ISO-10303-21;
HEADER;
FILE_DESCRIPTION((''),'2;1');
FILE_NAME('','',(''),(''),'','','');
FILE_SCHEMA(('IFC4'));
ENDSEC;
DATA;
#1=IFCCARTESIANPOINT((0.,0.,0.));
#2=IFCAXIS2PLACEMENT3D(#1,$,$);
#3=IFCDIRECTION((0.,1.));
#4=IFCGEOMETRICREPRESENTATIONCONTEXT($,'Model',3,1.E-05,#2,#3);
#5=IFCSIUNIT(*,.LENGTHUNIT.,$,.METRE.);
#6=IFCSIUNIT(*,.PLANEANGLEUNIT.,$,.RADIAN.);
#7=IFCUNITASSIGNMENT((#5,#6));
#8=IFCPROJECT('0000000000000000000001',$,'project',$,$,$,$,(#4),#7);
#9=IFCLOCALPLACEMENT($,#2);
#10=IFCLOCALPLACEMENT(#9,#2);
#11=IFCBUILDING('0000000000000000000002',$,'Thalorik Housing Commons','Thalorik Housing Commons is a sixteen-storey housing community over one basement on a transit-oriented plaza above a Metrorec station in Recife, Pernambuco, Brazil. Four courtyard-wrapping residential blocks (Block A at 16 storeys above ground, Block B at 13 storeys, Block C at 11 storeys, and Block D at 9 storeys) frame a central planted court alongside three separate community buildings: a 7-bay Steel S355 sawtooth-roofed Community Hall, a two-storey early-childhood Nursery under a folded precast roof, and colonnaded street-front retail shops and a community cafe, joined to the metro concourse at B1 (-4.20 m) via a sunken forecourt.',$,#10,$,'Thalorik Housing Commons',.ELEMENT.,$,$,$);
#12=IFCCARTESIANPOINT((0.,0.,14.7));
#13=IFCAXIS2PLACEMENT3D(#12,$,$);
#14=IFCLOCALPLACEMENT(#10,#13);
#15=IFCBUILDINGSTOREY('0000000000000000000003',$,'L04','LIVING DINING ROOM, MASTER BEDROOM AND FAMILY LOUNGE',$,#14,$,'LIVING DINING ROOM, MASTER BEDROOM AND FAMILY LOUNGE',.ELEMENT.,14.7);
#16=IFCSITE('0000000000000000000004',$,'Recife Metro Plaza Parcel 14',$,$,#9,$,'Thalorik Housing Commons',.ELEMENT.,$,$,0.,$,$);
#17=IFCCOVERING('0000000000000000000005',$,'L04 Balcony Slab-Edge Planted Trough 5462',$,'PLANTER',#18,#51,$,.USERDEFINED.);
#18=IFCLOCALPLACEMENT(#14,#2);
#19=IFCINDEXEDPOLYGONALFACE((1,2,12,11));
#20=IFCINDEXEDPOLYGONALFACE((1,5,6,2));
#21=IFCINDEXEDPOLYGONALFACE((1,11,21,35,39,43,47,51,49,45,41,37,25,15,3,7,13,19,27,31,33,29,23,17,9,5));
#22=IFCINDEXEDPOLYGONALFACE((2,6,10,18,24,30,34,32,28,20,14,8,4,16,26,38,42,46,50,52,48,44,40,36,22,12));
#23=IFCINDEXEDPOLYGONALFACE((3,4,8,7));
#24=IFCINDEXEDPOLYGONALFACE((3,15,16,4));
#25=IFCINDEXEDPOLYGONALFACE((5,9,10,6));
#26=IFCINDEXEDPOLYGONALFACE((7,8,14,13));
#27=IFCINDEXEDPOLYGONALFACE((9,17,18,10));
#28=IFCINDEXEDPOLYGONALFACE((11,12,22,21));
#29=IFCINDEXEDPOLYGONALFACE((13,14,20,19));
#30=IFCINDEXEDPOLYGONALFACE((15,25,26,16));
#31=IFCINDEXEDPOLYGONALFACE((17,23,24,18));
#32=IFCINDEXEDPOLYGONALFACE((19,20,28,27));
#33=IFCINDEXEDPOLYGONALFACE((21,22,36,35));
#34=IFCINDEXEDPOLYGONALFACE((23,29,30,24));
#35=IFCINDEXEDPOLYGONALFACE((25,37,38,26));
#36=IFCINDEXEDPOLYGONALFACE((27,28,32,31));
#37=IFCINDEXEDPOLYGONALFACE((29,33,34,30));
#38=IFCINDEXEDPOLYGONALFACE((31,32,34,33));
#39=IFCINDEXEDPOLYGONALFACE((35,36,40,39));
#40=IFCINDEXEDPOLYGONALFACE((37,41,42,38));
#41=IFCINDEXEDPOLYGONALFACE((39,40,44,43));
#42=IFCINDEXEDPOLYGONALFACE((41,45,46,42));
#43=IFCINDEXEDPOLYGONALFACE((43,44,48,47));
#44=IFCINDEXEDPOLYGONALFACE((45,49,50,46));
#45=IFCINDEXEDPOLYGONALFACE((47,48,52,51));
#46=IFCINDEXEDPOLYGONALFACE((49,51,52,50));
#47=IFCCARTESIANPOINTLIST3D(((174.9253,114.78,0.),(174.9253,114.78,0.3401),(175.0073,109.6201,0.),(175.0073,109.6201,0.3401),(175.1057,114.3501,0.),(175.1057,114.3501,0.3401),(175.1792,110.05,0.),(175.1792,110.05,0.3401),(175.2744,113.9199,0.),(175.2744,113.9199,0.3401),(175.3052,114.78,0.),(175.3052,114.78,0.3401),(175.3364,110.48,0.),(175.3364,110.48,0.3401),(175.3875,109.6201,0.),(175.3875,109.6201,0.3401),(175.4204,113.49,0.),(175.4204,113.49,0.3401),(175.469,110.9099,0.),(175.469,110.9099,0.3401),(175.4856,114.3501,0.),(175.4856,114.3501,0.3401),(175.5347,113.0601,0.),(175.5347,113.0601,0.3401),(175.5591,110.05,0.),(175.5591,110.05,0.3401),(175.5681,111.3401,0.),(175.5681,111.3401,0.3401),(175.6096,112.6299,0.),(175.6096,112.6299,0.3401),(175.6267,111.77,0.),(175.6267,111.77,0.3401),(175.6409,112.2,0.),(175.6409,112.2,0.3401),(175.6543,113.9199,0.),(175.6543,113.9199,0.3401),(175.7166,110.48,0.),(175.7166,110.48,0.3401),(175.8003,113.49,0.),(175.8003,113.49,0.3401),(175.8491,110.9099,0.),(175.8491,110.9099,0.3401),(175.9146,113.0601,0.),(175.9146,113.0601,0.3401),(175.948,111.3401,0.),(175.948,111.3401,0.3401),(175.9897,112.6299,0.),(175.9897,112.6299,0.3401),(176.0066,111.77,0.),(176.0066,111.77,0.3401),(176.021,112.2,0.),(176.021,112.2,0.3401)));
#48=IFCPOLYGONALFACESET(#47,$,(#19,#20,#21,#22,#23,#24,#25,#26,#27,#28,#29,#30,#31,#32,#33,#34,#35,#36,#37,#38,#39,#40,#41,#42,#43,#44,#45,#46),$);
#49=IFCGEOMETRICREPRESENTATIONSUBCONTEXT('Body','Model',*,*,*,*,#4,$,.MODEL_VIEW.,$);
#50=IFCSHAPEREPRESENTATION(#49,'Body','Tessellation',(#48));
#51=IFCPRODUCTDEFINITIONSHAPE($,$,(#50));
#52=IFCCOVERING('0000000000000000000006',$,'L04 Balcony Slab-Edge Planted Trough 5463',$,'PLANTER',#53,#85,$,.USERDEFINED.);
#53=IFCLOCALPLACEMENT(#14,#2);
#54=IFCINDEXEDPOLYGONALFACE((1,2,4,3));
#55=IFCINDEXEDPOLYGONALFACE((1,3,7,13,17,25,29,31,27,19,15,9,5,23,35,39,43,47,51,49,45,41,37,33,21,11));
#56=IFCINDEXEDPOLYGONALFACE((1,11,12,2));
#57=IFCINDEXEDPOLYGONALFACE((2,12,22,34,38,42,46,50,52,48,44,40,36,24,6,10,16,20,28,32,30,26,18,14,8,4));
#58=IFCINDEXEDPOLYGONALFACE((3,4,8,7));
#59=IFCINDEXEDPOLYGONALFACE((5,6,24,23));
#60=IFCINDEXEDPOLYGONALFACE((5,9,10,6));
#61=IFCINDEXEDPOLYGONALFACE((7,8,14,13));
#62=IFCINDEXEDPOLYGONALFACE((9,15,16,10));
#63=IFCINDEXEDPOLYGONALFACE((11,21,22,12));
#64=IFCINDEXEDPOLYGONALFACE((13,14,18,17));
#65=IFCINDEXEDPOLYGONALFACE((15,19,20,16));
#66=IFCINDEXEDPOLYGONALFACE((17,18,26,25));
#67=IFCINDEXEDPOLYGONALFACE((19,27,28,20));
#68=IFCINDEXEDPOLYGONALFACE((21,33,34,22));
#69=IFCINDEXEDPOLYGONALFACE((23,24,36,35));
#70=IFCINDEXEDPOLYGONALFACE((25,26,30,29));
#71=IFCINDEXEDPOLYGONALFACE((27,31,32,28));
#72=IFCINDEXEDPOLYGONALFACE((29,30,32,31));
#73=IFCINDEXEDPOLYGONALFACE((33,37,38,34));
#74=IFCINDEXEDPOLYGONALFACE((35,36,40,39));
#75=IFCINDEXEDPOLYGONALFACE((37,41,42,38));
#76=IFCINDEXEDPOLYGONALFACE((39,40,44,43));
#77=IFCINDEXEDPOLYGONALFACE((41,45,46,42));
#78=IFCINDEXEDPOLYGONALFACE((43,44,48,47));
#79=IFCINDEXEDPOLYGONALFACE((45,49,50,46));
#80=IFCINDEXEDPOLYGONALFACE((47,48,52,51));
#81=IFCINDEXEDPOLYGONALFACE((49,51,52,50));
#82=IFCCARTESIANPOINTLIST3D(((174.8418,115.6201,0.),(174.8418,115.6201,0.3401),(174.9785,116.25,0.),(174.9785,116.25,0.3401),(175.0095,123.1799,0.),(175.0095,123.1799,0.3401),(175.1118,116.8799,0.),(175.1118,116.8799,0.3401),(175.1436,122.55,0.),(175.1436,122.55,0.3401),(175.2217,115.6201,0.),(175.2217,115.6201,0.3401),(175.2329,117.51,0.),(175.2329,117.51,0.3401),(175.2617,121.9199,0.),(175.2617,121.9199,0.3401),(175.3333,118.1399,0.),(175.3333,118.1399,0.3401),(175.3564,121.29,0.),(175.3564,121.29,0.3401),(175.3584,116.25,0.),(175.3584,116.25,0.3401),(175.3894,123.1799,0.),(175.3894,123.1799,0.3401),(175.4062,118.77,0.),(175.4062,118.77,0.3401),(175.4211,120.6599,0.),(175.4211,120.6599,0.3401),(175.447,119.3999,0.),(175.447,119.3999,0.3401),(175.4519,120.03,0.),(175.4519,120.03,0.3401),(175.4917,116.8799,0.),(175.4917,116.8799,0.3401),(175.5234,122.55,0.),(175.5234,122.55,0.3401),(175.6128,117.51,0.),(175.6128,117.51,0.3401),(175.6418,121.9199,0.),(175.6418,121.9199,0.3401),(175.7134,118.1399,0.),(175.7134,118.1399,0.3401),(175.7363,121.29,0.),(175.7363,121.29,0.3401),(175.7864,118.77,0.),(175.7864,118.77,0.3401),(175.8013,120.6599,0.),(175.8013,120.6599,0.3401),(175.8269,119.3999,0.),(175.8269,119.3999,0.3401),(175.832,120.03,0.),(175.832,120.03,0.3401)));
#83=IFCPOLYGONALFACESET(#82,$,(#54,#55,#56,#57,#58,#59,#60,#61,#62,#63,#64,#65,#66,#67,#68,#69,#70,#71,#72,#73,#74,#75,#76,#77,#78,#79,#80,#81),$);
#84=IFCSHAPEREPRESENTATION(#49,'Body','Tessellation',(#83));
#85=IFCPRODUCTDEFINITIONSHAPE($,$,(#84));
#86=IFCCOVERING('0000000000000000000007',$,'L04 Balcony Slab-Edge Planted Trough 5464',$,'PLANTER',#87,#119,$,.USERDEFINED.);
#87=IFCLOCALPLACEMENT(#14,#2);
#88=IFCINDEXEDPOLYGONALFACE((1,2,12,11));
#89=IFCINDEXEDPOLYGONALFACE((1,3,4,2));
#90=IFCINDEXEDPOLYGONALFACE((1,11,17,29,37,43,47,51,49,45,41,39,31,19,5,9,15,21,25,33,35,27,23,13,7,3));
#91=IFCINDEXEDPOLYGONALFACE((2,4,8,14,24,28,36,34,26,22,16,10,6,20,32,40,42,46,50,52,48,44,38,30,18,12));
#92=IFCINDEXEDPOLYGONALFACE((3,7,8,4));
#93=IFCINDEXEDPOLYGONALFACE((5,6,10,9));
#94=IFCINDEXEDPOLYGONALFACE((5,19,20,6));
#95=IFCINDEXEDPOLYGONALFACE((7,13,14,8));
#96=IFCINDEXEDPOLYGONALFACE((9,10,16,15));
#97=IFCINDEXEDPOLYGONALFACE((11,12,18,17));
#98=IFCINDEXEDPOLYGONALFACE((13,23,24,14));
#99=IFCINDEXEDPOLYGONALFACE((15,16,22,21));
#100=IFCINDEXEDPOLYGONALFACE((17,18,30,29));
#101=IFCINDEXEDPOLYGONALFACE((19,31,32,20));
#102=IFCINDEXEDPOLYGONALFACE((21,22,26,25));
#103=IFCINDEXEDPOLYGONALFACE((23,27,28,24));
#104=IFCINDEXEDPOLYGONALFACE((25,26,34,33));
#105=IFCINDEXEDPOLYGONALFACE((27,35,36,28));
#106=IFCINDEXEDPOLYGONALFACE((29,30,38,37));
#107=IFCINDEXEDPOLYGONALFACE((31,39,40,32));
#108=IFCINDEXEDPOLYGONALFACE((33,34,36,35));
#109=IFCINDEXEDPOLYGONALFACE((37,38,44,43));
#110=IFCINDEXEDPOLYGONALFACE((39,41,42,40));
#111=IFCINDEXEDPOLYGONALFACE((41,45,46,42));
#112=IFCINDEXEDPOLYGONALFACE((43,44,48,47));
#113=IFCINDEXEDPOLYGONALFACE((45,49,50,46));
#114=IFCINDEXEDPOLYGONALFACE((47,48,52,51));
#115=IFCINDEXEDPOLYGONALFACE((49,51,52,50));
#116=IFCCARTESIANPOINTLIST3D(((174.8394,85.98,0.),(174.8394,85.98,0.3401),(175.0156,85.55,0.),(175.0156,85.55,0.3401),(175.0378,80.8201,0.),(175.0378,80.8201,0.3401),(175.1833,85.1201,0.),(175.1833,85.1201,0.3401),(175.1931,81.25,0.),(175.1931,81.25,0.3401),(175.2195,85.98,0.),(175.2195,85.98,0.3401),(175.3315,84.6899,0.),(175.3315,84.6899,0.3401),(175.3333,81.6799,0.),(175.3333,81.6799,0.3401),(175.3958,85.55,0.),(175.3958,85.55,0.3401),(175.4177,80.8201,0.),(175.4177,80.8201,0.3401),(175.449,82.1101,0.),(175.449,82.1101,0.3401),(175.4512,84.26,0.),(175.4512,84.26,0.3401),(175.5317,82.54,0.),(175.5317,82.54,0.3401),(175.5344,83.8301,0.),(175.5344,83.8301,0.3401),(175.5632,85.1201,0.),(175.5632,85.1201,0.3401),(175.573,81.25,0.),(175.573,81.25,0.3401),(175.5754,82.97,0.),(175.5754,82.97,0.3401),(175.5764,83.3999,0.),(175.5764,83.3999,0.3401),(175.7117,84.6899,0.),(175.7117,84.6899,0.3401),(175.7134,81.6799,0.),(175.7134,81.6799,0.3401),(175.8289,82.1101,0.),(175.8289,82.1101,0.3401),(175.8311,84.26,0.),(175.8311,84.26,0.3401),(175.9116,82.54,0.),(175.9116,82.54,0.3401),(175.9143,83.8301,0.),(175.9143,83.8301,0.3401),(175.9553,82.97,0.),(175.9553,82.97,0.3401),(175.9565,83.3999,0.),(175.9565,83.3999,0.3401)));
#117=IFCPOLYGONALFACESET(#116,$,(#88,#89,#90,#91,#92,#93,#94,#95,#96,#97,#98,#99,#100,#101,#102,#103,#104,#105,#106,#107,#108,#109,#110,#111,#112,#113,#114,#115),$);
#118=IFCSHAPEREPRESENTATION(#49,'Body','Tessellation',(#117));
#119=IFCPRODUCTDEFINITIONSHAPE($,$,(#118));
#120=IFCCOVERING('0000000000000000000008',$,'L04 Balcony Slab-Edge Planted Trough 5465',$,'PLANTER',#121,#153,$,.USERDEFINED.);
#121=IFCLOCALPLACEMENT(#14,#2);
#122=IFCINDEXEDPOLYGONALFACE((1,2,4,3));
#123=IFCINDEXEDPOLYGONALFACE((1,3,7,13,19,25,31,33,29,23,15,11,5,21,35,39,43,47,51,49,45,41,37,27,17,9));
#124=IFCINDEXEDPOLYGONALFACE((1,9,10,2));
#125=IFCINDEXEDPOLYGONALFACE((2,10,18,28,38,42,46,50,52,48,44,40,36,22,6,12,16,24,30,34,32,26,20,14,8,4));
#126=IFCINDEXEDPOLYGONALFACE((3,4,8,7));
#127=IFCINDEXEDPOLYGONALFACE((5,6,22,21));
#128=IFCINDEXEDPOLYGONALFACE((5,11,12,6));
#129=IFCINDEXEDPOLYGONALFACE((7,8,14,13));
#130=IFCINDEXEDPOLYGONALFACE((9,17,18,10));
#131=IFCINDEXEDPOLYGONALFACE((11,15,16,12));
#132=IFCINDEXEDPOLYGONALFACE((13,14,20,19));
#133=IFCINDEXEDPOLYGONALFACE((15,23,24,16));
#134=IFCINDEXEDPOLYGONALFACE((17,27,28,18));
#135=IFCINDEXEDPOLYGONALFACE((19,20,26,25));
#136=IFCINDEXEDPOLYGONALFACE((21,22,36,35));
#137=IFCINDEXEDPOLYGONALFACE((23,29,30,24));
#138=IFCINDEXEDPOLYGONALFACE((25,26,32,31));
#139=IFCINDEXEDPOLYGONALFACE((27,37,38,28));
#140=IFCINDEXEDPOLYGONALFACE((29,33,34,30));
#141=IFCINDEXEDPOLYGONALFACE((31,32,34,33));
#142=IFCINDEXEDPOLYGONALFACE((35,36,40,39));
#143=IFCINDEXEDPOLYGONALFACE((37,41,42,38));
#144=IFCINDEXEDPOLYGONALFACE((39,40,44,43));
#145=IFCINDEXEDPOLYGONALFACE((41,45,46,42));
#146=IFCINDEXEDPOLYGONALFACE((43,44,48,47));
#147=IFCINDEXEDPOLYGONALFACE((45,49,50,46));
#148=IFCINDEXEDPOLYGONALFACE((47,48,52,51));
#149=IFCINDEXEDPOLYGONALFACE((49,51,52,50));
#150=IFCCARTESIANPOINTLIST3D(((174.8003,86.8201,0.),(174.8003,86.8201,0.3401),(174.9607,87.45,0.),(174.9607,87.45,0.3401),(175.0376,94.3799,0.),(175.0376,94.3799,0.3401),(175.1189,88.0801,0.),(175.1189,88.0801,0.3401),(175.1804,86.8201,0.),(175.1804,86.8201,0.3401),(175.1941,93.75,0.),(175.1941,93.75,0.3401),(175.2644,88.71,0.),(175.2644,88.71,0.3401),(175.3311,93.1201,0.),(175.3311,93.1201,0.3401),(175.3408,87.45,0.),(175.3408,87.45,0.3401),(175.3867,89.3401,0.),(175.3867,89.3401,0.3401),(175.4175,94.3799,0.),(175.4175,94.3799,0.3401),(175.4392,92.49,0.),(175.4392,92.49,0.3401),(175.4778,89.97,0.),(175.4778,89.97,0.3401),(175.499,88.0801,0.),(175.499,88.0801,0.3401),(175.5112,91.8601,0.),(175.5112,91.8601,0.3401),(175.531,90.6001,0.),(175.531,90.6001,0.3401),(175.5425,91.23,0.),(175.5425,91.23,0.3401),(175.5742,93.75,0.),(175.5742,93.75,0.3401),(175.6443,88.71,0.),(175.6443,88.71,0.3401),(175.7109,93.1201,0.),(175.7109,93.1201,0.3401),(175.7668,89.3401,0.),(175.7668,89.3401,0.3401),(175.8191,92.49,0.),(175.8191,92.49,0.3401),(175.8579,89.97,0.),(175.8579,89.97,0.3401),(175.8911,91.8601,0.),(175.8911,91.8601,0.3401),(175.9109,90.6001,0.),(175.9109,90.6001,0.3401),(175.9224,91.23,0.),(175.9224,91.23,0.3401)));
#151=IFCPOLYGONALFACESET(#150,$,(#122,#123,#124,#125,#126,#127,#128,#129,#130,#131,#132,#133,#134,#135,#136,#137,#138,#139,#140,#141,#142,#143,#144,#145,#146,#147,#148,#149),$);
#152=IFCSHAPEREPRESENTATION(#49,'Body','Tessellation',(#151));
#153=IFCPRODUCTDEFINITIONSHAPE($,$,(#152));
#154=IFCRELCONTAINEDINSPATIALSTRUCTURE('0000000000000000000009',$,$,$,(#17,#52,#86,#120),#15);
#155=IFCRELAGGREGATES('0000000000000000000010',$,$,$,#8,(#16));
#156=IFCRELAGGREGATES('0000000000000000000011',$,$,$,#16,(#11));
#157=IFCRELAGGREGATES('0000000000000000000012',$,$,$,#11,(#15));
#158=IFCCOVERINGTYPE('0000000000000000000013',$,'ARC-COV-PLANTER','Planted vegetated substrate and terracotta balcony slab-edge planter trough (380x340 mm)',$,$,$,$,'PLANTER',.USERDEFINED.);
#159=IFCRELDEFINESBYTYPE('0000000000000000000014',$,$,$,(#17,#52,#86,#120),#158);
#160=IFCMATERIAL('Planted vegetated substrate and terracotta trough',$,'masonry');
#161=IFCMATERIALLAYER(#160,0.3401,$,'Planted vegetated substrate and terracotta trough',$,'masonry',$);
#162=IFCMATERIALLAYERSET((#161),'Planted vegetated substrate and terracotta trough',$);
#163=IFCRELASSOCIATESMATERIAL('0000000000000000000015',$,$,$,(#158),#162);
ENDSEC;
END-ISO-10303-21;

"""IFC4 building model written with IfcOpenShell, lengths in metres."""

from ifc_helpers import new_model, si_unit, direction, frame, origin, place, context, subcontext, project, spatial, polyline, outline, extrude, material, layer, layer_set, type_object, element, save


model = new_model("IFC4")

# Units and contexts
model_context = context("Model", 3, precision=1e-05, world=origin(), true_north=direction((0.0, 1.0)))
body_context = subcontext(model_context, "Body", "Model", "MODEL_VIEW")
ifc_project = project(units=[si_unit("LENGTHUNIT", "METRE"), si_unit("PLANEANGLEUNIT", "RADIAN")], contexts=[model_context])

# Site, building, storey
site_placement = place(None, origin())
site = spatial("IfcSite", under=ifc_project, at=site_placement, Name="Recife Metro Plaza Parcel 14", LongName="Thalorik Housing Commons", CompositionType="ELEMENT", RefElevation=0.0)
building_placement = place(site_placement, origin())
building = spatial("IfcBuilding", under=site, at=building_placement, Name="Thalorik Housing Commons", Description="Thalorik Housing Commons is a sixteen-storey housing community over one basement on a transit-oriented plaza above a Metrorec station in Recife, Pernambuco, Brazil. Four courtyard-wrapping residential blocks (Block A at 16 storeys above ground, Block B at 13 storeys, Block C at 11 storeys, and Block D at 9 storeys) frame a central planted court alongside three separate community buildings: a 7-bay Steel S355 sawtooth-roofed Community Hall, a two-storey early-childhood Nursery under a folded precast roof, and colonnaded street-front retail shops and a community cafe, joined to the metro concourse at B1 (-4.20 m) via a sunken forecourt.", LongName="Thalorik Housing Commons", CompositionType="ELEMENT")
storey_placement = place(building_placement, frame((0.0, 0.0, 14.7)))
storey = spatial("IfcBuildingStorey", under=building, at=storey_placement, Name="L04", Description="LIVING DINING ROOM, MASTER BEDROOM AND FAMILY LOUNGE", LongName="LIVING DINING ROOM, MASTER BEDROOM AND FAMILY LOUNGE", CompositionType="ELEMENT", Elevation=14.7)

# Coverings
ifc_material = material(Name="Planted vegetated substrate and terracotta trough", Category="masonry")
ifc_layer = layer(ifc_material, 0.3401, Name="Planted vegetated substrate and terracotta trough", Category="masonry")
ifc_layer_set = layer_set([ifc_layer], Name="Planted vegetated substrate and terracotta trough")
covering_type = type_object("IfcCoveringType", Name="ARC-COV-PLANTER", Description="Planted vegetated substrate and terracotta balcony slab-edge planter trough (380x340 mm)", ElementType="PLANTER", PredefinedType="USERDEFINED", material=ifc_layer_set)
covering_1_placement = place(storey_placement, origin())
element("IfcCovering", 1, at=covering_1_placement, inside=storey, type_object=covering_type, Name="L04 Balcony Slab-Edge Planted Trough 5462", ObjectType="PLANTER", PredefinedType="USERDEFINED", context=body_context, shape_type="SweptSolid", body=[
    extrude(outline(polyline([(175.3875, 109.6201), (175.5591, 110.05), (175.7166, 110.48), (175.8491, 110.9099), (175.948, 111.3401), (176.0066, 111.77), (176.021, 112.2), (175.9897, 112.6299), (175.9146, 113.0601), (175.8003, 113.49), (175.6543, 113.9199), (175.4856, 114.3501), (175.3052, 114.78), (174.9253, 114.78), (175.1057, 114.3501), (175.2744, 113.9199), (175.4204, 113.49), (175.5347, 113.0601), (175.6096, 112.6299), (175.6409, 112.2), (175.6267, 111.77), (175.5681, 111.3401), (175.469, 110.9099), (175.3364, 110.48), (175.1792, 110.05), (175.0073, 109.6201), (175.3875, 109.6201)])), origin(), (0.0, 0.0, 1.0), 0.3401),
])
covering_2_placement = place(storey_placement, origin())
element("IfcCovering", 2, at=covering_2_placement, inside=storey, type_object=covering_type, Name="L04 Balcony Slab-Edge Planted Trough 5463", ObjectType="PLANTER", PredefinedType="USERDEFINED", context=body_context, shape_type="SweptSolid", body=[
    extrude(outline(polyline([(175.2217, 115.6201), (175.3584, 116.25), (175.4917, 116.8799), (175.6128, 117.51), (175.7134, 118.1399), (175.7864, 118.77), (175.8269, 119.3999), (175.832, 120.03), (175.8013, 120.6599), (175.7363, 121.29), (175.6418, 121.9199), (175.5234, 122.55), (175.3894, 123.1799), (175.0095, 123.1799), (175.1436, 122.55), (175.2617, 121.9199), (175.3564, 121.29), (175.4211, 120.6599), (175.4519, 120.03), (175.447, 119.3999), (175.4062, 118.77), (175.3333, 118.1399), (175.2329, 117.51), (175.1118, 116.8799), (174.9785, 116.25), (174.8418, 115.6201), (175.2217, 115.6201)])), origin(), (0.0, 0.0, 1.0), 0.3401),
])
covering_3_placement = place(storey_placement, origin())
element("IfcCovering", 3, at=covering_3_placement, inside=storey, type_object=covering_type, Name="L04 Balcony Slab-Edge Planted Trough 5464", ObjectType="PLANTER", PredefinedType="USERDEFINED", context=body_context, shape_type="SweptSolid", body=[
    extrude(outline(polyline([(175.4177, 80.8201), (175.573, 81.25), (175.7134, 81.6799), (175.8289, 82.1101), (175.9116, 82.54), (175.9553, 82.97), (175.9565, 83.3999), (175.9143, 83.8301), (175.8311, 84.26), (175.7117, 84.6899), (175.5632, 85.1201), (175.3958, 85.55), (175.2195, 85.98), (174.8394, 85.98), (175.0156, 85.55), (175.1833, 85.1201), (175.3315, 84.6899), (175.4512, 84.26), (175.5344, 83.8301), (175.5764, 83.3999), (175.5754, 82.97), (175.5317, 82.54), (175.449, 82.1101), (175.3333, 81.6799), (175.1931, 81.25), (175.0378, 80.8201), (175.4177, 80.8201)])), origin(), (0.0, 0.0, 1.0), 0.3401),
])
covering_4_placement = place(storey_placement, origin())
element("IfcCovering", 4, at=covering_4_placement, inside=storey, type_object=covering_type, Name="L04 Balcony Slab-Edge Planted Trough 5465", ObjectType="PLANTER", PredefinedType="USERDEFINED", context=body_context, shape_type="SweptSolid", body=[
    extrude(outline(polyline([(175.1804, 86.8201), (175.3408, 87.45), (175.499, 88.0801), (175.6443, 88.71), (175.7668, 89.3401), (175.8579, 89.97), (175.9109, 90.6001), (175.9224, 91.23), (175.8911, 91.8601), (175.8191, 92.49), (175.7109, 93.1201), (175.5742, 93.75), (175.4175, 94.3799), (175.0376, 94.3799), (175.1941, 93.75), (175.3311, 93.1201), (175.4392, 92.49), (175.5112, 91.8601), (175.5425, 91.23), (175.531, 90.6001), (175.4778, 89.97), (175.3867, 89.3401), (175.2644, 88.71), (175.1189, 88.0801), (174.9607, 87.45), (174.8003, 86.8201), (175.1804, 86.8201)])), origin(), (0.0, 0.0, 1.0), 0.3401),
])

save(model, "model.ifc")
